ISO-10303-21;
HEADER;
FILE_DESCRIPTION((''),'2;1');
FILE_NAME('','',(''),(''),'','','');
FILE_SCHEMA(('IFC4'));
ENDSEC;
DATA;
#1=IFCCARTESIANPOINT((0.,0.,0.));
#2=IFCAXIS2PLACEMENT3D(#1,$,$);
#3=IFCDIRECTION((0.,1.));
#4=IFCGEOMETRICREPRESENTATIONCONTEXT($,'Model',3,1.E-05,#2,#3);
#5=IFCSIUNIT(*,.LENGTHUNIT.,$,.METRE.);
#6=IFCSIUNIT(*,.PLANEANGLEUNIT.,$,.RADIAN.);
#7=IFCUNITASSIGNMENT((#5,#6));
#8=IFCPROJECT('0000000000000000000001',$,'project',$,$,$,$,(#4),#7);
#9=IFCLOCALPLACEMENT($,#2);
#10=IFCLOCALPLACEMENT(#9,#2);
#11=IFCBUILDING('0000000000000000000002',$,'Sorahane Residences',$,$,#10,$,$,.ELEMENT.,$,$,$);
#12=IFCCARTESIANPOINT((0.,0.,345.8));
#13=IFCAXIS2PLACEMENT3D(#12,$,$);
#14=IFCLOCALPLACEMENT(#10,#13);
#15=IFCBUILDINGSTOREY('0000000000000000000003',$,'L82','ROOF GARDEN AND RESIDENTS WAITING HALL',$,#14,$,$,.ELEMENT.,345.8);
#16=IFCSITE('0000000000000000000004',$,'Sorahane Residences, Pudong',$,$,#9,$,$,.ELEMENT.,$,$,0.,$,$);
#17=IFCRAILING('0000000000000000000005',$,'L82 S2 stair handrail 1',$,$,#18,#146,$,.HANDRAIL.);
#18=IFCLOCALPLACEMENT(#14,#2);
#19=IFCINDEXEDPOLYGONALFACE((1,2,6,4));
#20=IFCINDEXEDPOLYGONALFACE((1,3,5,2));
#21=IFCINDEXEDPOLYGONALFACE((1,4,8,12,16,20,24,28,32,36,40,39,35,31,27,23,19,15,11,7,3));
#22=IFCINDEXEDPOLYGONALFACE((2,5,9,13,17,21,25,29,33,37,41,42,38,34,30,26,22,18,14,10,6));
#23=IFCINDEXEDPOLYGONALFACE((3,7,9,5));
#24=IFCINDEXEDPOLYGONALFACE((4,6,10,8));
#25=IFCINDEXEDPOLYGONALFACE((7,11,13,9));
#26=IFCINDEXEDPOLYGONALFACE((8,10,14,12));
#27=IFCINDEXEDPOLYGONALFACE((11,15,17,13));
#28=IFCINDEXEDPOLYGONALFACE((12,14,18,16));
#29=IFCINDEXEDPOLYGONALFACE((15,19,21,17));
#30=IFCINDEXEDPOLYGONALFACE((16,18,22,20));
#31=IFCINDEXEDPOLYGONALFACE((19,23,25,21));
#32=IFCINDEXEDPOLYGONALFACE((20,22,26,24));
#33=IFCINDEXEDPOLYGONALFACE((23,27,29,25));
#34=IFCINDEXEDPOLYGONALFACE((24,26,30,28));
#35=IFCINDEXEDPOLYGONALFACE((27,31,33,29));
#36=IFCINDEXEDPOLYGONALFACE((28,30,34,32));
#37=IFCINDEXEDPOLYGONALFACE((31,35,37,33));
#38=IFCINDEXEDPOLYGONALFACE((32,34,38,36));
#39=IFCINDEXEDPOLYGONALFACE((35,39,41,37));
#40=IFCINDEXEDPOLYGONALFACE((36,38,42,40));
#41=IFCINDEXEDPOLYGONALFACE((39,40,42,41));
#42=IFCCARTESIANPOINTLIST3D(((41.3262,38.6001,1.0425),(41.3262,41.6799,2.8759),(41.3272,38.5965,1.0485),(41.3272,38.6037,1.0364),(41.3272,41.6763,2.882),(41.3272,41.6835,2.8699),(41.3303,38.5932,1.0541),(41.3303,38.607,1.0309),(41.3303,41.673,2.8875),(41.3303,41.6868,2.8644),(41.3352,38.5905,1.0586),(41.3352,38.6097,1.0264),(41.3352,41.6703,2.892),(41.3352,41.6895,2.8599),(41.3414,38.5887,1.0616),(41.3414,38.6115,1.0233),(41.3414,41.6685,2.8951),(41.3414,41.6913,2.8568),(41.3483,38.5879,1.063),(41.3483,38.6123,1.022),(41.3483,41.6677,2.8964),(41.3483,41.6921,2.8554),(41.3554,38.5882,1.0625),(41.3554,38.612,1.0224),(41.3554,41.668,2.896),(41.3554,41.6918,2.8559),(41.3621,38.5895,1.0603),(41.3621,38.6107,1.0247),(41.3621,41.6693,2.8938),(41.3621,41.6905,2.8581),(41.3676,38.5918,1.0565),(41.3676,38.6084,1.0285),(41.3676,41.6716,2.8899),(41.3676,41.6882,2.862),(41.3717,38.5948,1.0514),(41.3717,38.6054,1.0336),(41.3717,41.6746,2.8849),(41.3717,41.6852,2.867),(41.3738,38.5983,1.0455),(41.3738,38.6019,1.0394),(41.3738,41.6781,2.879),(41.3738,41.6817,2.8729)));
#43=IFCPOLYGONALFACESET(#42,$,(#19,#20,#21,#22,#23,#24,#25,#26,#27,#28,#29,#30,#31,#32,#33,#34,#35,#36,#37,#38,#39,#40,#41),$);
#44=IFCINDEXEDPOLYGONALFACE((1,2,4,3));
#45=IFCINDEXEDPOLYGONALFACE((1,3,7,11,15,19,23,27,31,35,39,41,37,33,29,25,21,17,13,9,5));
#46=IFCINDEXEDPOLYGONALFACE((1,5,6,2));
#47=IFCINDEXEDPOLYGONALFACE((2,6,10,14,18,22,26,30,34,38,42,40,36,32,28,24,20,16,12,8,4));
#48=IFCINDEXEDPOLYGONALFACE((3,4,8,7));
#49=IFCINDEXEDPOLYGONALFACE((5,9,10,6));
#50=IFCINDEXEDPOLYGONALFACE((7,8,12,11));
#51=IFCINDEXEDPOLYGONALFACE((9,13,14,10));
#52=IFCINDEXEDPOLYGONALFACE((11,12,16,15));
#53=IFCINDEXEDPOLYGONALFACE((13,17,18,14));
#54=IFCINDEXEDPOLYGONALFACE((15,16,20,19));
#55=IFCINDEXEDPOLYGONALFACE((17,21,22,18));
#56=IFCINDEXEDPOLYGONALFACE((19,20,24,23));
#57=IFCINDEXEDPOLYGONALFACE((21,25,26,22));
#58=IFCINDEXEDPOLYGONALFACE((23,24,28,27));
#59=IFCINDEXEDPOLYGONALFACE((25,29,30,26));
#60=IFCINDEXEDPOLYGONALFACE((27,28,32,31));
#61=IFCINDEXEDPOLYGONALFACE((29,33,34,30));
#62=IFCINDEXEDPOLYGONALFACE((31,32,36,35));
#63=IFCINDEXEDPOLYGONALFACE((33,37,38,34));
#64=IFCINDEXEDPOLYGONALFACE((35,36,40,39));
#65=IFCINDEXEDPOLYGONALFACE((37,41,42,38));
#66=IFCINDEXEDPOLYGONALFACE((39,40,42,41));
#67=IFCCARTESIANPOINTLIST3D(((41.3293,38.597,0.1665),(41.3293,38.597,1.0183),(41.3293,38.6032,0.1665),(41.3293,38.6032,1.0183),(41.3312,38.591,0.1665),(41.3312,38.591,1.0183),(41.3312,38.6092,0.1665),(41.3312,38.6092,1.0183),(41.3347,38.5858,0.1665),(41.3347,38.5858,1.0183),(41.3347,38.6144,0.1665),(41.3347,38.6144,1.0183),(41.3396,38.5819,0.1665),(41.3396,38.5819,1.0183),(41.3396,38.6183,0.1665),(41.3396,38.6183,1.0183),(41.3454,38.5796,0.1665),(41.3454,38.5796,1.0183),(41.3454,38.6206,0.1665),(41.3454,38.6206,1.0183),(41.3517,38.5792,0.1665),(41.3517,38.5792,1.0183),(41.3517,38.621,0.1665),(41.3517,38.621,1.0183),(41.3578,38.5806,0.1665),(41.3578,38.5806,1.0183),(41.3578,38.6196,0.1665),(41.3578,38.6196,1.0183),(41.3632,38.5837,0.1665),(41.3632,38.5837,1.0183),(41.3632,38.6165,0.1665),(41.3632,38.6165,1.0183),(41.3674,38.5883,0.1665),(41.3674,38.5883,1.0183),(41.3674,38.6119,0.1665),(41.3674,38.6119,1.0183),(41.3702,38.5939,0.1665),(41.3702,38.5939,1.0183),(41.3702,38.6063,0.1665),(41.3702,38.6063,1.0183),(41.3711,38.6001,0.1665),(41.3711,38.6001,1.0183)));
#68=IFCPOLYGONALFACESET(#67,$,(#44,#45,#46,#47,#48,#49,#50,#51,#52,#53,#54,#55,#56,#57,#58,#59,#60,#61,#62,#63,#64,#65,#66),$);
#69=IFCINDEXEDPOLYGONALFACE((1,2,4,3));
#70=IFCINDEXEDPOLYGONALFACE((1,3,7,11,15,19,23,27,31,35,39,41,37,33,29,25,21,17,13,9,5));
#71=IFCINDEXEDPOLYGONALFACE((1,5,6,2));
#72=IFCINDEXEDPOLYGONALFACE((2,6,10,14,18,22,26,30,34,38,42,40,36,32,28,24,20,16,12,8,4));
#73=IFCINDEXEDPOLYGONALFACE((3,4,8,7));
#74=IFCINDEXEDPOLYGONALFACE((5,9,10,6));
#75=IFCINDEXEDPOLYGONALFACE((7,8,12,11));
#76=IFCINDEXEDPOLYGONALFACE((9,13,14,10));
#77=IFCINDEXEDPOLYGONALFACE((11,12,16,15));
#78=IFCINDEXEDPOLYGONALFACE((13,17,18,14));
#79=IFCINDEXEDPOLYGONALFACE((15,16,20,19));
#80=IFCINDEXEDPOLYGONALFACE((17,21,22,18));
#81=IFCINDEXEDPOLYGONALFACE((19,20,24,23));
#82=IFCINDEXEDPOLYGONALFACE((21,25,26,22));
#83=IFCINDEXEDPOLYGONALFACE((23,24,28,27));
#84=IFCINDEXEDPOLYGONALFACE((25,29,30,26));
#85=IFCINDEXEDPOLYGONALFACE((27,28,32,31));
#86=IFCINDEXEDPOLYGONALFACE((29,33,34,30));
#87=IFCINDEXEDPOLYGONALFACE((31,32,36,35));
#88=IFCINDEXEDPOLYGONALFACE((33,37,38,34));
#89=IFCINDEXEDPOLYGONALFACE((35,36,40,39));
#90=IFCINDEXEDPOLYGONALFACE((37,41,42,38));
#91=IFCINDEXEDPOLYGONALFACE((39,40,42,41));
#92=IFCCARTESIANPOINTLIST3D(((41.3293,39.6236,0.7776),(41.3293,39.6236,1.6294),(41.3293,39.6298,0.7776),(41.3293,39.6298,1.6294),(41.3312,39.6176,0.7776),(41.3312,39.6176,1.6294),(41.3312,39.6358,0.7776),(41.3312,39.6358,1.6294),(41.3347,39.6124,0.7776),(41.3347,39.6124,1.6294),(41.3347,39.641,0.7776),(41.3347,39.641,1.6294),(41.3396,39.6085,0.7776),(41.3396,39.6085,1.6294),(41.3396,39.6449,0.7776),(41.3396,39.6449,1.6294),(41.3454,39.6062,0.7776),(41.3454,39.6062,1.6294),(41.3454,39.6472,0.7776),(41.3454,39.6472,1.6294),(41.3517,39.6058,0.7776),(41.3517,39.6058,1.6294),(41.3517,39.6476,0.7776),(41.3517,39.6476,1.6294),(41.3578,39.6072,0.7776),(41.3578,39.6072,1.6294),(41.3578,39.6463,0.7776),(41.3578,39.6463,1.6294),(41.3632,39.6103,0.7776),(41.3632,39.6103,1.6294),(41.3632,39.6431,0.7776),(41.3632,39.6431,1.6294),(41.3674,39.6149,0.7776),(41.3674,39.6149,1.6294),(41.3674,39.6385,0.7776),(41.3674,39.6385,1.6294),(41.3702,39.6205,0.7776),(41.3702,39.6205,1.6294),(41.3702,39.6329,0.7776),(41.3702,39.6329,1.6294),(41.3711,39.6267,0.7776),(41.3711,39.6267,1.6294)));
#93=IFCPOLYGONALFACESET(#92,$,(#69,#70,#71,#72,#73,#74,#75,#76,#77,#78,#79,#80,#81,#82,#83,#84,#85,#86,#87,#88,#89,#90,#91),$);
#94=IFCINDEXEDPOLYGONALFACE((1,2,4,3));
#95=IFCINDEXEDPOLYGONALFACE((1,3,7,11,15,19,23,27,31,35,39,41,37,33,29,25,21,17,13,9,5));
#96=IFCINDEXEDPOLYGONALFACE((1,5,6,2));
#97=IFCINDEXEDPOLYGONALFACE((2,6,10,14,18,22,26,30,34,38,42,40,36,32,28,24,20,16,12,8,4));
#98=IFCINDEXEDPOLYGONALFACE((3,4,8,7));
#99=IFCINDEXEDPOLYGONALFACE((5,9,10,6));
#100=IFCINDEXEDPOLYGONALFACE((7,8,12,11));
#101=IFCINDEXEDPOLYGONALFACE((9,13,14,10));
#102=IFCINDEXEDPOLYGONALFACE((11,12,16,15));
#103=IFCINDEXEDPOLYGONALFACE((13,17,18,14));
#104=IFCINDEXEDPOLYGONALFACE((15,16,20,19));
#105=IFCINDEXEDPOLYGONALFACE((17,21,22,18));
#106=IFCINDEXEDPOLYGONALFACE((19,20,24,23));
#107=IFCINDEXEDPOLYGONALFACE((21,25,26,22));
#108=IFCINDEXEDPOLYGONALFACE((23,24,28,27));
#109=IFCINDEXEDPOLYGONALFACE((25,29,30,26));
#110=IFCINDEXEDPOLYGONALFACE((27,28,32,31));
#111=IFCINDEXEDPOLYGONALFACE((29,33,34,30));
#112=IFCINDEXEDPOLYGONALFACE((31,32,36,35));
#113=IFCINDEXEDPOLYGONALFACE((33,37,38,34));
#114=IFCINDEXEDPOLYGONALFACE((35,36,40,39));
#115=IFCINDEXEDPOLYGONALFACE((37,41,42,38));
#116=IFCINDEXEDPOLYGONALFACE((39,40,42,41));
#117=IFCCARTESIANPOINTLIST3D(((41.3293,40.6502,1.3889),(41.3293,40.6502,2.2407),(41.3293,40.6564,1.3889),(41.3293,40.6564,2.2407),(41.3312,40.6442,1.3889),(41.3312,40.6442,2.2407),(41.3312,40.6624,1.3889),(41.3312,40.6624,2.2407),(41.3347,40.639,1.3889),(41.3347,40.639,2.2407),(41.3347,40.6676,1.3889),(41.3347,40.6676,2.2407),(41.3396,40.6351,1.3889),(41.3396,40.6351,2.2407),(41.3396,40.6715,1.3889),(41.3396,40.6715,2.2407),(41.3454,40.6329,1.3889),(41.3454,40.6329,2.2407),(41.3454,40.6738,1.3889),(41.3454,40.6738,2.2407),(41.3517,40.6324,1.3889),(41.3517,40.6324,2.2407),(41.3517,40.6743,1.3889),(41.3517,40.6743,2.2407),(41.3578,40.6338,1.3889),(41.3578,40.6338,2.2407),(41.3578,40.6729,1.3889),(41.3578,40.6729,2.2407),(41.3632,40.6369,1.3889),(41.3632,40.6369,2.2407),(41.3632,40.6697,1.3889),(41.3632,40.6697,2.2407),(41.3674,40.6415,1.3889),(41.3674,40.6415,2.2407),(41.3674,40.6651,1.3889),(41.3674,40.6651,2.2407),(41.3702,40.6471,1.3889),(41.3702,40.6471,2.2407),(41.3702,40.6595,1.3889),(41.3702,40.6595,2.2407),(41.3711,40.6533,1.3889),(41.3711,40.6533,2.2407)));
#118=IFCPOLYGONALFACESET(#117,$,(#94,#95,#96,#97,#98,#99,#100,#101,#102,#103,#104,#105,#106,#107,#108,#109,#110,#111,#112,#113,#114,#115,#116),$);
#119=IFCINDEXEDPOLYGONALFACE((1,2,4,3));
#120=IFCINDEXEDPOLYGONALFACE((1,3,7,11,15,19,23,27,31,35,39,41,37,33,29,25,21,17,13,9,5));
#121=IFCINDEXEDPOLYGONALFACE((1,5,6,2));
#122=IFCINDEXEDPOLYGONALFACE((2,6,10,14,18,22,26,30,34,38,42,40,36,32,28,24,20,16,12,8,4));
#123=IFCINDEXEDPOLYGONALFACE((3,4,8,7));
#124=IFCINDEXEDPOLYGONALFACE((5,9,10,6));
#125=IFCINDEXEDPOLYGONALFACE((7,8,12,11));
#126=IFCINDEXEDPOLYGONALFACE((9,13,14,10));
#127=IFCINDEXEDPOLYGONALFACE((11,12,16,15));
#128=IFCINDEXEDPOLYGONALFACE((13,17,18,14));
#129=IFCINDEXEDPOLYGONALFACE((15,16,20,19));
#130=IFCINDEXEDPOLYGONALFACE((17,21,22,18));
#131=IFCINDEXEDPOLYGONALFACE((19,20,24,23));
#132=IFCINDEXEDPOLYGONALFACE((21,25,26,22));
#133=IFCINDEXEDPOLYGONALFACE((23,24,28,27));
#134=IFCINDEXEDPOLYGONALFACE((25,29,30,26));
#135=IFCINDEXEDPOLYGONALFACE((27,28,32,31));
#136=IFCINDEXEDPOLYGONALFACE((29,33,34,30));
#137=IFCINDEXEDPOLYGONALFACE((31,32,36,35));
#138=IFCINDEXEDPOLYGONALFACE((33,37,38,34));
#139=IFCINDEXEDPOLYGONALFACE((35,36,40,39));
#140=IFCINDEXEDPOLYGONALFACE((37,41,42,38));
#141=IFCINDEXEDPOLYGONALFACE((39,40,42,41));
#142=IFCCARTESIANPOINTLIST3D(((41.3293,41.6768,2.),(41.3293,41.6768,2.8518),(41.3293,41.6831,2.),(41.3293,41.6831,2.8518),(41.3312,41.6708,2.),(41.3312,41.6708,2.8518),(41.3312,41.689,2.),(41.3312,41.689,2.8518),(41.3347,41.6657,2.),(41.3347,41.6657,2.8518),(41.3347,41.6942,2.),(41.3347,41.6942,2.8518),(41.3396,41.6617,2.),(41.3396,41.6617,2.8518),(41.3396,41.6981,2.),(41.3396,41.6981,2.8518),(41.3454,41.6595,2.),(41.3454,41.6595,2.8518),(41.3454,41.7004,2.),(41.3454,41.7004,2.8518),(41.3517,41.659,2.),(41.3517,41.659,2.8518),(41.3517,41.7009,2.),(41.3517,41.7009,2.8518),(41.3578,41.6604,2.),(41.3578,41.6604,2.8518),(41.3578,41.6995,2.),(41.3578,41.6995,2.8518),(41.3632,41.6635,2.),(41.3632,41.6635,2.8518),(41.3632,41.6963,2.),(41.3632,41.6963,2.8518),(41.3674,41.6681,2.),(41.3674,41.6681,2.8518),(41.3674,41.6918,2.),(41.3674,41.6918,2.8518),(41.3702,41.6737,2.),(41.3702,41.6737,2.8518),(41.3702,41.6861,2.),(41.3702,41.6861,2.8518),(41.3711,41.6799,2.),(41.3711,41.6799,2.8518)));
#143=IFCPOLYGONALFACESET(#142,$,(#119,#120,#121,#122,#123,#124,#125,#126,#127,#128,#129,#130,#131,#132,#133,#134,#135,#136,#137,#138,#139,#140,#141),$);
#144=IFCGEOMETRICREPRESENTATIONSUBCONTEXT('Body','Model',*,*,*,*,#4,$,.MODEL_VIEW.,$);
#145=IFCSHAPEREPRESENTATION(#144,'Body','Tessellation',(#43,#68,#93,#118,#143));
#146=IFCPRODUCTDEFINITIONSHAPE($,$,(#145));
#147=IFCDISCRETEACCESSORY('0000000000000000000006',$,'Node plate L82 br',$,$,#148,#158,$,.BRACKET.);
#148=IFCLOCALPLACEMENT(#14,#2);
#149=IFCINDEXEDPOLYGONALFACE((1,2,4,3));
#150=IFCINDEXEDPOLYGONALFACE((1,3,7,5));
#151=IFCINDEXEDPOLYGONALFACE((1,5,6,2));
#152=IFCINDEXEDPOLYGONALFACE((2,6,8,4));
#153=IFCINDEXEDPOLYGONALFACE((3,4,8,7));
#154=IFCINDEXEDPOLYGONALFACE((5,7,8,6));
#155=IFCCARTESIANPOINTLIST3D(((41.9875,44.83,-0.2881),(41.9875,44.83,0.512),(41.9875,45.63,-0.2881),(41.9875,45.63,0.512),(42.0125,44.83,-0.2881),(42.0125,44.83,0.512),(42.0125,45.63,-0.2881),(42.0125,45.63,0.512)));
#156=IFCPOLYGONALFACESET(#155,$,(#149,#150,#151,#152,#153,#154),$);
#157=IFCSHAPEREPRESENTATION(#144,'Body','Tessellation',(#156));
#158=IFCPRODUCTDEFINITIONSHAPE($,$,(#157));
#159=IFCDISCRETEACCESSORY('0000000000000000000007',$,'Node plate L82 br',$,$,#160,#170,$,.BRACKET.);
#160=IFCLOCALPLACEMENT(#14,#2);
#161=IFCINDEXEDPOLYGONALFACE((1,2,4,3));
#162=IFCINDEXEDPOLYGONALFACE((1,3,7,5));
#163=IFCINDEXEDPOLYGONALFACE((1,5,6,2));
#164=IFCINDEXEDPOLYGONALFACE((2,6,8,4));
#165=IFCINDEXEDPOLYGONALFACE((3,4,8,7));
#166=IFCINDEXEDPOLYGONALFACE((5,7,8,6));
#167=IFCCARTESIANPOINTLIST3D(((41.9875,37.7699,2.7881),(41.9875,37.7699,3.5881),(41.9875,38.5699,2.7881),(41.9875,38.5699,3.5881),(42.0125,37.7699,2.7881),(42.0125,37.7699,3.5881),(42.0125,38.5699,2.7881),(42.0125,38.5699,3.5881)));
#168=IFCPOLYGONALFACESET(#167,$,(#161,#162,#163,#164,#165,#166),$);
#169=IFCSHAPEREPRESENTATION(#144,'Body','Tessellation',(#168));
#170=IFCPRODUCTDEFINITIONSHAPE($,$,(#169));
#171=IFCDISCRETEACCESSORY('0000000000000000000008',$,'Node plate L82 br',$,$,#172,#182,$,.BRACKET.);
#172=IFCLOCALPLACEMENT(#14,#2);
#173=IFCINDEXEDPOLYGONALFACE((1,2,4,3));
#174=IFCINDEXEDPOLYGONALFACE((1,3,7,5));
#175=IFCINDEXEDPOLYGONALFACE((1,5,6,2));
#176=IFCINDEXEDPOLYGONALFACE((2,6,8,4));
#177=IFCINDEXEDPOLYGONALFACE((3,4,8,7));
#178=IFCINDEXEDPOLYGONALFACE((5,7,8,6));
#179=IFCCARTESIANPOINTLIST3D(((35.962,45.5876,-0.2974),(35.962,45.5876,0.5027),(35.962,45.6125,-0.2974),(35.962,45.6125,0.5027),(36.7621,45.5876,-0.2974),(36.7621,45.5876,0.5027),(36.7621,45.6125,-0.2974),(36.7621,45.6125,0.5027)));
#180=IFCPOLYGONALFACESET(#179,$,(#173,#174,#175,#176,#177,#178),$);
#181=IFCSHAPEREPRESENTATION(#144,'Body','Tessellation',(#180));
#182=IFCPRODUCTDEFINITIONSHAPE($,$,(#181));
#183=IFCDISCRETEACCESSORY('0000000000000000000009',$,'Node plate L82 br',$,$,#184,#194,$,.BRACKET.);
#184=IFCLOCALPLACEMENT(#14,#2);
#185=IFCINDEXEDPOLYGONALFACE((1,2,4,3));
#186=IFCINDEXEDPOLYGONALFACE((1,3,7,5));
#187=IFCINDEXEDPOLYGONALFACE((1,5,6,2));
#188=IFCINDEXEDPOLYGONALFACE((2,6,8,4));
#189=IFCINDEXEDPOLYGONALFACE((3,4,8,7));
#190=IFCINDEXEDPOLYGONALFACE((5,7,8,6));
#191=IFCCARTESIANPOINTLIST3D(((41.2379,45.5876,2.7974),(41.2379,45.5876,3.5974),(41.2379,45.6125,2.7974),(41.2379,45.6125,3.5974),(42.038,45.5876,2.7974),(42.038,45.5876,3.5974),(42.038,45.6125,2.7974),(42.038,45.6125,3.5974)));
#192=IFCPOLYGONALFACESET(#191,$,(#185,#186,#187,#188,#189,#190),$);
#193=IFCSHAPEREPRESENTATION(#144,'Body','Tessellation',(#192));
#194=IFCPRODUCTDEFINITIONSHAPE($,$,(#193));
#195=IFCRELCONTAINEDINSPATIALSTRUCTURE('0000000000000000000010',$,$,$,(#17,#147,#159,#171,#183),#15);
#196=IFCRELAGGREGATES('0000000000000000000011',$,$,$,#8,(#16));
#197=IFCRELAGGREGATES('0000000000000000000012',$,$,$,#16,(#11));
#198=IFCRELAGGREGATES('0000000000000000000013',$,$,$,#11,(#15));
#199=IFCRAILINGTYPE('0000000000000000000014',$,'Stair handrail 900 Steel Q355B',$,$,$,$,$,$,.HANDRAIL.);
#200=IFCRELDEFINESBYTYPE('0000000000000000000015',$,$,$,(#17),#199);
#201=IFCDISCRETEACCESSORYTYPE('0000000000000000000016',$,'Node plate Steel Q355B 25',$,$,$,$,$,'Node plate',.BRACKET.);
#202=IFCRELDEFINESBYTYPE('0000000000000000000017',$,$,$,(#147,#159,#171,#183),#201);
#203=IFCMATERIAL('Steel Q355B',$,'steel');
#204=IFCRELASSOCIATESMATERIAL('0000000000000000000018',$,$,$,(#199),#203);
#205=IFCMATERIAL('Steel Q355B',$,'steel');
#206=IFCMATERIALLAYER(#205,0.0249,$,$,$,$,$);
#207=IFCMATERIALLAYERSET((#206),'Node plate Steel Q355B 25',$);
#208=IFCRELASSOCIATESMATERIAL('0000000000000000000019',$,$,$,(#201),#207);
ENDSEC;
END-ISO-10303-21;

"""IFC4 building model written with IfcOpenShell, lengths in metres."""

from ifc_helpers import new_model, si_unit, direction, frame, origin, origin_2d, place, context, subcontext, project, spatial, rectangle, circle, extrude, material, layer, layer_set, type_object, element, save


model = new_model("IFC4")

# Units and contexts
model_context = context("Model", 3, precision=1e-05, world=origin(), true_north=direction((0.0, 1.0)))
body_context = subcontext(model_context, "Body", "Model", "MODEL_VIEW")
ifc_project = project(units=[si_unit("LENGTHUNIT", "METRE"), si_unit("PLANEANGLEUNIT", "RADIAN")], contexts=[model_context])

# Site, building, storey
site_placement = place(None, origin())
site = spatial("IfcSite", under=ifc_project, at=site_placement, Name="Sorahane Residences, Pudong", CompositionType="ELEMENT", RefElevation=0.0)
building_placement = place(site_placement, origin())
building = spatial("IfcBuilding", under=site, at=building_placement, Name="Sorahane Residences", CompositionType="ELEMENT")
storey_placement = place(building_placement, frame((0.0, 0.0, 345.8)))
storey = spatial("IfcBuildingStorey", under=building, at=storey_placement, Name="L82", Description="ROOF GARDEN AND RESIDENTS WAITING HALL", CompositionType="ELEMENT", Elevation=345.8)

# Railing
ifc_material_1 = material(Name="Steel Q355B", Category="steel")
railing_type_1 = type_object("IfcRailingType", Name="Stair handrail 900 Steel Q355B", PredefinedType="HANDRAIL", material=ifc_material_1)
railing_1_placement = place(storey_placement, frame((41.3501, 38.6001, 0.1665)))
element("IfcRailing", 1, at=railing_1_placement, inside=storey, type_object=railing_type_1, Name="L82 S2 stair handrail 1", PredefinedType="HANDRAIL", context=body_context, shape_type="SweptSolid", body=[
    extrude(circle(Radius=0.0239, at=origin_2d()), frame((0.0, 0.0, 0.876), z_axis=(0.0, 0.859261, 0.511538), x_axis=(-1.0, 0.0, 0.0)), (0.0, 0.0, 1.0), 3.5842),
    extrude(circle(Radius=0.021, at=origin_2d()), origin(), (0.0, 0.0, 1.0), 0.8518),
    extrude(circle(Radius=0.021, at=origin_2d()), frame((0.0, 1.0266, 0.6111)), (0.0, 0.0, 1.0), 0.8518),
    extrude(circle(Radius=0.021, at=origin_2d()), frame((0.0, 2.0532, 1.2224)), (0.0, 0.0, 1.0), 0.8518),
    extrude(circle(Radius=0.021, at=origin_2d()), frame((0.0, 3.0798, 1.8335)), (0.0, 0.0, 1.0), 0.8518),
])

# Discrete accessories
ifc_material_2 = material(Name="Steel Q355B", Category="steel")
ifc_layer_1 = layer(ifc_material_2, 0.0249)
ifc_layer_set_1 = layer_set([ifc_layer_1], Name="Node plate Steel Q355B 25")
discrete_accessory_type = type_object("IfcDiscreteAccessoryType", Name="Node plate Steel Q355B 25", ElementType="Node plate", PredefinedType="BRACKET", material=ifc_layer_set_1)
for number, where, z_axis, x_axis, name in (
    (2, (42.0, 45.23, -0.2881), (0.0, 0.0, 1.0), (0.0, 1.0, 0.0), "Node plate L82 br"),
    (3, (42.0, 38.1699, 2.7881), (0.0, 0.0, 1.0), (0.0, 1.0, 0.0), "Node plate L82 br"),
    (4, (36.3621, 45.6001, -0.2974), (0.0, 0.0, 1.0), (1.0, 0.0, 0.0), "Node plate L82 br"),
    (5, (41.6379, 45.6001, 2.7974), (0.0, 0.0, 1.0), (1.0, 0.0, 0.0), "Node plate L82 br"),
):
    element("IfcDiscreteAccessory", number, at=place(storey_placement, frame(where, z_axis=z_axis, x_axis=x_axis)), inside=storey, type_object=discrete_accessory_type, Name=name, PredefinedType="BRACKET", context=body_context, shape_type="SweptSolid", body=[
        extrude(rectangle(XDim=0.8, YDim=0.0249, at=origin_2d()), origin(), (0.0, 0.0, 1.0), 0.8),
    ])

save(model, "model.ifc")
